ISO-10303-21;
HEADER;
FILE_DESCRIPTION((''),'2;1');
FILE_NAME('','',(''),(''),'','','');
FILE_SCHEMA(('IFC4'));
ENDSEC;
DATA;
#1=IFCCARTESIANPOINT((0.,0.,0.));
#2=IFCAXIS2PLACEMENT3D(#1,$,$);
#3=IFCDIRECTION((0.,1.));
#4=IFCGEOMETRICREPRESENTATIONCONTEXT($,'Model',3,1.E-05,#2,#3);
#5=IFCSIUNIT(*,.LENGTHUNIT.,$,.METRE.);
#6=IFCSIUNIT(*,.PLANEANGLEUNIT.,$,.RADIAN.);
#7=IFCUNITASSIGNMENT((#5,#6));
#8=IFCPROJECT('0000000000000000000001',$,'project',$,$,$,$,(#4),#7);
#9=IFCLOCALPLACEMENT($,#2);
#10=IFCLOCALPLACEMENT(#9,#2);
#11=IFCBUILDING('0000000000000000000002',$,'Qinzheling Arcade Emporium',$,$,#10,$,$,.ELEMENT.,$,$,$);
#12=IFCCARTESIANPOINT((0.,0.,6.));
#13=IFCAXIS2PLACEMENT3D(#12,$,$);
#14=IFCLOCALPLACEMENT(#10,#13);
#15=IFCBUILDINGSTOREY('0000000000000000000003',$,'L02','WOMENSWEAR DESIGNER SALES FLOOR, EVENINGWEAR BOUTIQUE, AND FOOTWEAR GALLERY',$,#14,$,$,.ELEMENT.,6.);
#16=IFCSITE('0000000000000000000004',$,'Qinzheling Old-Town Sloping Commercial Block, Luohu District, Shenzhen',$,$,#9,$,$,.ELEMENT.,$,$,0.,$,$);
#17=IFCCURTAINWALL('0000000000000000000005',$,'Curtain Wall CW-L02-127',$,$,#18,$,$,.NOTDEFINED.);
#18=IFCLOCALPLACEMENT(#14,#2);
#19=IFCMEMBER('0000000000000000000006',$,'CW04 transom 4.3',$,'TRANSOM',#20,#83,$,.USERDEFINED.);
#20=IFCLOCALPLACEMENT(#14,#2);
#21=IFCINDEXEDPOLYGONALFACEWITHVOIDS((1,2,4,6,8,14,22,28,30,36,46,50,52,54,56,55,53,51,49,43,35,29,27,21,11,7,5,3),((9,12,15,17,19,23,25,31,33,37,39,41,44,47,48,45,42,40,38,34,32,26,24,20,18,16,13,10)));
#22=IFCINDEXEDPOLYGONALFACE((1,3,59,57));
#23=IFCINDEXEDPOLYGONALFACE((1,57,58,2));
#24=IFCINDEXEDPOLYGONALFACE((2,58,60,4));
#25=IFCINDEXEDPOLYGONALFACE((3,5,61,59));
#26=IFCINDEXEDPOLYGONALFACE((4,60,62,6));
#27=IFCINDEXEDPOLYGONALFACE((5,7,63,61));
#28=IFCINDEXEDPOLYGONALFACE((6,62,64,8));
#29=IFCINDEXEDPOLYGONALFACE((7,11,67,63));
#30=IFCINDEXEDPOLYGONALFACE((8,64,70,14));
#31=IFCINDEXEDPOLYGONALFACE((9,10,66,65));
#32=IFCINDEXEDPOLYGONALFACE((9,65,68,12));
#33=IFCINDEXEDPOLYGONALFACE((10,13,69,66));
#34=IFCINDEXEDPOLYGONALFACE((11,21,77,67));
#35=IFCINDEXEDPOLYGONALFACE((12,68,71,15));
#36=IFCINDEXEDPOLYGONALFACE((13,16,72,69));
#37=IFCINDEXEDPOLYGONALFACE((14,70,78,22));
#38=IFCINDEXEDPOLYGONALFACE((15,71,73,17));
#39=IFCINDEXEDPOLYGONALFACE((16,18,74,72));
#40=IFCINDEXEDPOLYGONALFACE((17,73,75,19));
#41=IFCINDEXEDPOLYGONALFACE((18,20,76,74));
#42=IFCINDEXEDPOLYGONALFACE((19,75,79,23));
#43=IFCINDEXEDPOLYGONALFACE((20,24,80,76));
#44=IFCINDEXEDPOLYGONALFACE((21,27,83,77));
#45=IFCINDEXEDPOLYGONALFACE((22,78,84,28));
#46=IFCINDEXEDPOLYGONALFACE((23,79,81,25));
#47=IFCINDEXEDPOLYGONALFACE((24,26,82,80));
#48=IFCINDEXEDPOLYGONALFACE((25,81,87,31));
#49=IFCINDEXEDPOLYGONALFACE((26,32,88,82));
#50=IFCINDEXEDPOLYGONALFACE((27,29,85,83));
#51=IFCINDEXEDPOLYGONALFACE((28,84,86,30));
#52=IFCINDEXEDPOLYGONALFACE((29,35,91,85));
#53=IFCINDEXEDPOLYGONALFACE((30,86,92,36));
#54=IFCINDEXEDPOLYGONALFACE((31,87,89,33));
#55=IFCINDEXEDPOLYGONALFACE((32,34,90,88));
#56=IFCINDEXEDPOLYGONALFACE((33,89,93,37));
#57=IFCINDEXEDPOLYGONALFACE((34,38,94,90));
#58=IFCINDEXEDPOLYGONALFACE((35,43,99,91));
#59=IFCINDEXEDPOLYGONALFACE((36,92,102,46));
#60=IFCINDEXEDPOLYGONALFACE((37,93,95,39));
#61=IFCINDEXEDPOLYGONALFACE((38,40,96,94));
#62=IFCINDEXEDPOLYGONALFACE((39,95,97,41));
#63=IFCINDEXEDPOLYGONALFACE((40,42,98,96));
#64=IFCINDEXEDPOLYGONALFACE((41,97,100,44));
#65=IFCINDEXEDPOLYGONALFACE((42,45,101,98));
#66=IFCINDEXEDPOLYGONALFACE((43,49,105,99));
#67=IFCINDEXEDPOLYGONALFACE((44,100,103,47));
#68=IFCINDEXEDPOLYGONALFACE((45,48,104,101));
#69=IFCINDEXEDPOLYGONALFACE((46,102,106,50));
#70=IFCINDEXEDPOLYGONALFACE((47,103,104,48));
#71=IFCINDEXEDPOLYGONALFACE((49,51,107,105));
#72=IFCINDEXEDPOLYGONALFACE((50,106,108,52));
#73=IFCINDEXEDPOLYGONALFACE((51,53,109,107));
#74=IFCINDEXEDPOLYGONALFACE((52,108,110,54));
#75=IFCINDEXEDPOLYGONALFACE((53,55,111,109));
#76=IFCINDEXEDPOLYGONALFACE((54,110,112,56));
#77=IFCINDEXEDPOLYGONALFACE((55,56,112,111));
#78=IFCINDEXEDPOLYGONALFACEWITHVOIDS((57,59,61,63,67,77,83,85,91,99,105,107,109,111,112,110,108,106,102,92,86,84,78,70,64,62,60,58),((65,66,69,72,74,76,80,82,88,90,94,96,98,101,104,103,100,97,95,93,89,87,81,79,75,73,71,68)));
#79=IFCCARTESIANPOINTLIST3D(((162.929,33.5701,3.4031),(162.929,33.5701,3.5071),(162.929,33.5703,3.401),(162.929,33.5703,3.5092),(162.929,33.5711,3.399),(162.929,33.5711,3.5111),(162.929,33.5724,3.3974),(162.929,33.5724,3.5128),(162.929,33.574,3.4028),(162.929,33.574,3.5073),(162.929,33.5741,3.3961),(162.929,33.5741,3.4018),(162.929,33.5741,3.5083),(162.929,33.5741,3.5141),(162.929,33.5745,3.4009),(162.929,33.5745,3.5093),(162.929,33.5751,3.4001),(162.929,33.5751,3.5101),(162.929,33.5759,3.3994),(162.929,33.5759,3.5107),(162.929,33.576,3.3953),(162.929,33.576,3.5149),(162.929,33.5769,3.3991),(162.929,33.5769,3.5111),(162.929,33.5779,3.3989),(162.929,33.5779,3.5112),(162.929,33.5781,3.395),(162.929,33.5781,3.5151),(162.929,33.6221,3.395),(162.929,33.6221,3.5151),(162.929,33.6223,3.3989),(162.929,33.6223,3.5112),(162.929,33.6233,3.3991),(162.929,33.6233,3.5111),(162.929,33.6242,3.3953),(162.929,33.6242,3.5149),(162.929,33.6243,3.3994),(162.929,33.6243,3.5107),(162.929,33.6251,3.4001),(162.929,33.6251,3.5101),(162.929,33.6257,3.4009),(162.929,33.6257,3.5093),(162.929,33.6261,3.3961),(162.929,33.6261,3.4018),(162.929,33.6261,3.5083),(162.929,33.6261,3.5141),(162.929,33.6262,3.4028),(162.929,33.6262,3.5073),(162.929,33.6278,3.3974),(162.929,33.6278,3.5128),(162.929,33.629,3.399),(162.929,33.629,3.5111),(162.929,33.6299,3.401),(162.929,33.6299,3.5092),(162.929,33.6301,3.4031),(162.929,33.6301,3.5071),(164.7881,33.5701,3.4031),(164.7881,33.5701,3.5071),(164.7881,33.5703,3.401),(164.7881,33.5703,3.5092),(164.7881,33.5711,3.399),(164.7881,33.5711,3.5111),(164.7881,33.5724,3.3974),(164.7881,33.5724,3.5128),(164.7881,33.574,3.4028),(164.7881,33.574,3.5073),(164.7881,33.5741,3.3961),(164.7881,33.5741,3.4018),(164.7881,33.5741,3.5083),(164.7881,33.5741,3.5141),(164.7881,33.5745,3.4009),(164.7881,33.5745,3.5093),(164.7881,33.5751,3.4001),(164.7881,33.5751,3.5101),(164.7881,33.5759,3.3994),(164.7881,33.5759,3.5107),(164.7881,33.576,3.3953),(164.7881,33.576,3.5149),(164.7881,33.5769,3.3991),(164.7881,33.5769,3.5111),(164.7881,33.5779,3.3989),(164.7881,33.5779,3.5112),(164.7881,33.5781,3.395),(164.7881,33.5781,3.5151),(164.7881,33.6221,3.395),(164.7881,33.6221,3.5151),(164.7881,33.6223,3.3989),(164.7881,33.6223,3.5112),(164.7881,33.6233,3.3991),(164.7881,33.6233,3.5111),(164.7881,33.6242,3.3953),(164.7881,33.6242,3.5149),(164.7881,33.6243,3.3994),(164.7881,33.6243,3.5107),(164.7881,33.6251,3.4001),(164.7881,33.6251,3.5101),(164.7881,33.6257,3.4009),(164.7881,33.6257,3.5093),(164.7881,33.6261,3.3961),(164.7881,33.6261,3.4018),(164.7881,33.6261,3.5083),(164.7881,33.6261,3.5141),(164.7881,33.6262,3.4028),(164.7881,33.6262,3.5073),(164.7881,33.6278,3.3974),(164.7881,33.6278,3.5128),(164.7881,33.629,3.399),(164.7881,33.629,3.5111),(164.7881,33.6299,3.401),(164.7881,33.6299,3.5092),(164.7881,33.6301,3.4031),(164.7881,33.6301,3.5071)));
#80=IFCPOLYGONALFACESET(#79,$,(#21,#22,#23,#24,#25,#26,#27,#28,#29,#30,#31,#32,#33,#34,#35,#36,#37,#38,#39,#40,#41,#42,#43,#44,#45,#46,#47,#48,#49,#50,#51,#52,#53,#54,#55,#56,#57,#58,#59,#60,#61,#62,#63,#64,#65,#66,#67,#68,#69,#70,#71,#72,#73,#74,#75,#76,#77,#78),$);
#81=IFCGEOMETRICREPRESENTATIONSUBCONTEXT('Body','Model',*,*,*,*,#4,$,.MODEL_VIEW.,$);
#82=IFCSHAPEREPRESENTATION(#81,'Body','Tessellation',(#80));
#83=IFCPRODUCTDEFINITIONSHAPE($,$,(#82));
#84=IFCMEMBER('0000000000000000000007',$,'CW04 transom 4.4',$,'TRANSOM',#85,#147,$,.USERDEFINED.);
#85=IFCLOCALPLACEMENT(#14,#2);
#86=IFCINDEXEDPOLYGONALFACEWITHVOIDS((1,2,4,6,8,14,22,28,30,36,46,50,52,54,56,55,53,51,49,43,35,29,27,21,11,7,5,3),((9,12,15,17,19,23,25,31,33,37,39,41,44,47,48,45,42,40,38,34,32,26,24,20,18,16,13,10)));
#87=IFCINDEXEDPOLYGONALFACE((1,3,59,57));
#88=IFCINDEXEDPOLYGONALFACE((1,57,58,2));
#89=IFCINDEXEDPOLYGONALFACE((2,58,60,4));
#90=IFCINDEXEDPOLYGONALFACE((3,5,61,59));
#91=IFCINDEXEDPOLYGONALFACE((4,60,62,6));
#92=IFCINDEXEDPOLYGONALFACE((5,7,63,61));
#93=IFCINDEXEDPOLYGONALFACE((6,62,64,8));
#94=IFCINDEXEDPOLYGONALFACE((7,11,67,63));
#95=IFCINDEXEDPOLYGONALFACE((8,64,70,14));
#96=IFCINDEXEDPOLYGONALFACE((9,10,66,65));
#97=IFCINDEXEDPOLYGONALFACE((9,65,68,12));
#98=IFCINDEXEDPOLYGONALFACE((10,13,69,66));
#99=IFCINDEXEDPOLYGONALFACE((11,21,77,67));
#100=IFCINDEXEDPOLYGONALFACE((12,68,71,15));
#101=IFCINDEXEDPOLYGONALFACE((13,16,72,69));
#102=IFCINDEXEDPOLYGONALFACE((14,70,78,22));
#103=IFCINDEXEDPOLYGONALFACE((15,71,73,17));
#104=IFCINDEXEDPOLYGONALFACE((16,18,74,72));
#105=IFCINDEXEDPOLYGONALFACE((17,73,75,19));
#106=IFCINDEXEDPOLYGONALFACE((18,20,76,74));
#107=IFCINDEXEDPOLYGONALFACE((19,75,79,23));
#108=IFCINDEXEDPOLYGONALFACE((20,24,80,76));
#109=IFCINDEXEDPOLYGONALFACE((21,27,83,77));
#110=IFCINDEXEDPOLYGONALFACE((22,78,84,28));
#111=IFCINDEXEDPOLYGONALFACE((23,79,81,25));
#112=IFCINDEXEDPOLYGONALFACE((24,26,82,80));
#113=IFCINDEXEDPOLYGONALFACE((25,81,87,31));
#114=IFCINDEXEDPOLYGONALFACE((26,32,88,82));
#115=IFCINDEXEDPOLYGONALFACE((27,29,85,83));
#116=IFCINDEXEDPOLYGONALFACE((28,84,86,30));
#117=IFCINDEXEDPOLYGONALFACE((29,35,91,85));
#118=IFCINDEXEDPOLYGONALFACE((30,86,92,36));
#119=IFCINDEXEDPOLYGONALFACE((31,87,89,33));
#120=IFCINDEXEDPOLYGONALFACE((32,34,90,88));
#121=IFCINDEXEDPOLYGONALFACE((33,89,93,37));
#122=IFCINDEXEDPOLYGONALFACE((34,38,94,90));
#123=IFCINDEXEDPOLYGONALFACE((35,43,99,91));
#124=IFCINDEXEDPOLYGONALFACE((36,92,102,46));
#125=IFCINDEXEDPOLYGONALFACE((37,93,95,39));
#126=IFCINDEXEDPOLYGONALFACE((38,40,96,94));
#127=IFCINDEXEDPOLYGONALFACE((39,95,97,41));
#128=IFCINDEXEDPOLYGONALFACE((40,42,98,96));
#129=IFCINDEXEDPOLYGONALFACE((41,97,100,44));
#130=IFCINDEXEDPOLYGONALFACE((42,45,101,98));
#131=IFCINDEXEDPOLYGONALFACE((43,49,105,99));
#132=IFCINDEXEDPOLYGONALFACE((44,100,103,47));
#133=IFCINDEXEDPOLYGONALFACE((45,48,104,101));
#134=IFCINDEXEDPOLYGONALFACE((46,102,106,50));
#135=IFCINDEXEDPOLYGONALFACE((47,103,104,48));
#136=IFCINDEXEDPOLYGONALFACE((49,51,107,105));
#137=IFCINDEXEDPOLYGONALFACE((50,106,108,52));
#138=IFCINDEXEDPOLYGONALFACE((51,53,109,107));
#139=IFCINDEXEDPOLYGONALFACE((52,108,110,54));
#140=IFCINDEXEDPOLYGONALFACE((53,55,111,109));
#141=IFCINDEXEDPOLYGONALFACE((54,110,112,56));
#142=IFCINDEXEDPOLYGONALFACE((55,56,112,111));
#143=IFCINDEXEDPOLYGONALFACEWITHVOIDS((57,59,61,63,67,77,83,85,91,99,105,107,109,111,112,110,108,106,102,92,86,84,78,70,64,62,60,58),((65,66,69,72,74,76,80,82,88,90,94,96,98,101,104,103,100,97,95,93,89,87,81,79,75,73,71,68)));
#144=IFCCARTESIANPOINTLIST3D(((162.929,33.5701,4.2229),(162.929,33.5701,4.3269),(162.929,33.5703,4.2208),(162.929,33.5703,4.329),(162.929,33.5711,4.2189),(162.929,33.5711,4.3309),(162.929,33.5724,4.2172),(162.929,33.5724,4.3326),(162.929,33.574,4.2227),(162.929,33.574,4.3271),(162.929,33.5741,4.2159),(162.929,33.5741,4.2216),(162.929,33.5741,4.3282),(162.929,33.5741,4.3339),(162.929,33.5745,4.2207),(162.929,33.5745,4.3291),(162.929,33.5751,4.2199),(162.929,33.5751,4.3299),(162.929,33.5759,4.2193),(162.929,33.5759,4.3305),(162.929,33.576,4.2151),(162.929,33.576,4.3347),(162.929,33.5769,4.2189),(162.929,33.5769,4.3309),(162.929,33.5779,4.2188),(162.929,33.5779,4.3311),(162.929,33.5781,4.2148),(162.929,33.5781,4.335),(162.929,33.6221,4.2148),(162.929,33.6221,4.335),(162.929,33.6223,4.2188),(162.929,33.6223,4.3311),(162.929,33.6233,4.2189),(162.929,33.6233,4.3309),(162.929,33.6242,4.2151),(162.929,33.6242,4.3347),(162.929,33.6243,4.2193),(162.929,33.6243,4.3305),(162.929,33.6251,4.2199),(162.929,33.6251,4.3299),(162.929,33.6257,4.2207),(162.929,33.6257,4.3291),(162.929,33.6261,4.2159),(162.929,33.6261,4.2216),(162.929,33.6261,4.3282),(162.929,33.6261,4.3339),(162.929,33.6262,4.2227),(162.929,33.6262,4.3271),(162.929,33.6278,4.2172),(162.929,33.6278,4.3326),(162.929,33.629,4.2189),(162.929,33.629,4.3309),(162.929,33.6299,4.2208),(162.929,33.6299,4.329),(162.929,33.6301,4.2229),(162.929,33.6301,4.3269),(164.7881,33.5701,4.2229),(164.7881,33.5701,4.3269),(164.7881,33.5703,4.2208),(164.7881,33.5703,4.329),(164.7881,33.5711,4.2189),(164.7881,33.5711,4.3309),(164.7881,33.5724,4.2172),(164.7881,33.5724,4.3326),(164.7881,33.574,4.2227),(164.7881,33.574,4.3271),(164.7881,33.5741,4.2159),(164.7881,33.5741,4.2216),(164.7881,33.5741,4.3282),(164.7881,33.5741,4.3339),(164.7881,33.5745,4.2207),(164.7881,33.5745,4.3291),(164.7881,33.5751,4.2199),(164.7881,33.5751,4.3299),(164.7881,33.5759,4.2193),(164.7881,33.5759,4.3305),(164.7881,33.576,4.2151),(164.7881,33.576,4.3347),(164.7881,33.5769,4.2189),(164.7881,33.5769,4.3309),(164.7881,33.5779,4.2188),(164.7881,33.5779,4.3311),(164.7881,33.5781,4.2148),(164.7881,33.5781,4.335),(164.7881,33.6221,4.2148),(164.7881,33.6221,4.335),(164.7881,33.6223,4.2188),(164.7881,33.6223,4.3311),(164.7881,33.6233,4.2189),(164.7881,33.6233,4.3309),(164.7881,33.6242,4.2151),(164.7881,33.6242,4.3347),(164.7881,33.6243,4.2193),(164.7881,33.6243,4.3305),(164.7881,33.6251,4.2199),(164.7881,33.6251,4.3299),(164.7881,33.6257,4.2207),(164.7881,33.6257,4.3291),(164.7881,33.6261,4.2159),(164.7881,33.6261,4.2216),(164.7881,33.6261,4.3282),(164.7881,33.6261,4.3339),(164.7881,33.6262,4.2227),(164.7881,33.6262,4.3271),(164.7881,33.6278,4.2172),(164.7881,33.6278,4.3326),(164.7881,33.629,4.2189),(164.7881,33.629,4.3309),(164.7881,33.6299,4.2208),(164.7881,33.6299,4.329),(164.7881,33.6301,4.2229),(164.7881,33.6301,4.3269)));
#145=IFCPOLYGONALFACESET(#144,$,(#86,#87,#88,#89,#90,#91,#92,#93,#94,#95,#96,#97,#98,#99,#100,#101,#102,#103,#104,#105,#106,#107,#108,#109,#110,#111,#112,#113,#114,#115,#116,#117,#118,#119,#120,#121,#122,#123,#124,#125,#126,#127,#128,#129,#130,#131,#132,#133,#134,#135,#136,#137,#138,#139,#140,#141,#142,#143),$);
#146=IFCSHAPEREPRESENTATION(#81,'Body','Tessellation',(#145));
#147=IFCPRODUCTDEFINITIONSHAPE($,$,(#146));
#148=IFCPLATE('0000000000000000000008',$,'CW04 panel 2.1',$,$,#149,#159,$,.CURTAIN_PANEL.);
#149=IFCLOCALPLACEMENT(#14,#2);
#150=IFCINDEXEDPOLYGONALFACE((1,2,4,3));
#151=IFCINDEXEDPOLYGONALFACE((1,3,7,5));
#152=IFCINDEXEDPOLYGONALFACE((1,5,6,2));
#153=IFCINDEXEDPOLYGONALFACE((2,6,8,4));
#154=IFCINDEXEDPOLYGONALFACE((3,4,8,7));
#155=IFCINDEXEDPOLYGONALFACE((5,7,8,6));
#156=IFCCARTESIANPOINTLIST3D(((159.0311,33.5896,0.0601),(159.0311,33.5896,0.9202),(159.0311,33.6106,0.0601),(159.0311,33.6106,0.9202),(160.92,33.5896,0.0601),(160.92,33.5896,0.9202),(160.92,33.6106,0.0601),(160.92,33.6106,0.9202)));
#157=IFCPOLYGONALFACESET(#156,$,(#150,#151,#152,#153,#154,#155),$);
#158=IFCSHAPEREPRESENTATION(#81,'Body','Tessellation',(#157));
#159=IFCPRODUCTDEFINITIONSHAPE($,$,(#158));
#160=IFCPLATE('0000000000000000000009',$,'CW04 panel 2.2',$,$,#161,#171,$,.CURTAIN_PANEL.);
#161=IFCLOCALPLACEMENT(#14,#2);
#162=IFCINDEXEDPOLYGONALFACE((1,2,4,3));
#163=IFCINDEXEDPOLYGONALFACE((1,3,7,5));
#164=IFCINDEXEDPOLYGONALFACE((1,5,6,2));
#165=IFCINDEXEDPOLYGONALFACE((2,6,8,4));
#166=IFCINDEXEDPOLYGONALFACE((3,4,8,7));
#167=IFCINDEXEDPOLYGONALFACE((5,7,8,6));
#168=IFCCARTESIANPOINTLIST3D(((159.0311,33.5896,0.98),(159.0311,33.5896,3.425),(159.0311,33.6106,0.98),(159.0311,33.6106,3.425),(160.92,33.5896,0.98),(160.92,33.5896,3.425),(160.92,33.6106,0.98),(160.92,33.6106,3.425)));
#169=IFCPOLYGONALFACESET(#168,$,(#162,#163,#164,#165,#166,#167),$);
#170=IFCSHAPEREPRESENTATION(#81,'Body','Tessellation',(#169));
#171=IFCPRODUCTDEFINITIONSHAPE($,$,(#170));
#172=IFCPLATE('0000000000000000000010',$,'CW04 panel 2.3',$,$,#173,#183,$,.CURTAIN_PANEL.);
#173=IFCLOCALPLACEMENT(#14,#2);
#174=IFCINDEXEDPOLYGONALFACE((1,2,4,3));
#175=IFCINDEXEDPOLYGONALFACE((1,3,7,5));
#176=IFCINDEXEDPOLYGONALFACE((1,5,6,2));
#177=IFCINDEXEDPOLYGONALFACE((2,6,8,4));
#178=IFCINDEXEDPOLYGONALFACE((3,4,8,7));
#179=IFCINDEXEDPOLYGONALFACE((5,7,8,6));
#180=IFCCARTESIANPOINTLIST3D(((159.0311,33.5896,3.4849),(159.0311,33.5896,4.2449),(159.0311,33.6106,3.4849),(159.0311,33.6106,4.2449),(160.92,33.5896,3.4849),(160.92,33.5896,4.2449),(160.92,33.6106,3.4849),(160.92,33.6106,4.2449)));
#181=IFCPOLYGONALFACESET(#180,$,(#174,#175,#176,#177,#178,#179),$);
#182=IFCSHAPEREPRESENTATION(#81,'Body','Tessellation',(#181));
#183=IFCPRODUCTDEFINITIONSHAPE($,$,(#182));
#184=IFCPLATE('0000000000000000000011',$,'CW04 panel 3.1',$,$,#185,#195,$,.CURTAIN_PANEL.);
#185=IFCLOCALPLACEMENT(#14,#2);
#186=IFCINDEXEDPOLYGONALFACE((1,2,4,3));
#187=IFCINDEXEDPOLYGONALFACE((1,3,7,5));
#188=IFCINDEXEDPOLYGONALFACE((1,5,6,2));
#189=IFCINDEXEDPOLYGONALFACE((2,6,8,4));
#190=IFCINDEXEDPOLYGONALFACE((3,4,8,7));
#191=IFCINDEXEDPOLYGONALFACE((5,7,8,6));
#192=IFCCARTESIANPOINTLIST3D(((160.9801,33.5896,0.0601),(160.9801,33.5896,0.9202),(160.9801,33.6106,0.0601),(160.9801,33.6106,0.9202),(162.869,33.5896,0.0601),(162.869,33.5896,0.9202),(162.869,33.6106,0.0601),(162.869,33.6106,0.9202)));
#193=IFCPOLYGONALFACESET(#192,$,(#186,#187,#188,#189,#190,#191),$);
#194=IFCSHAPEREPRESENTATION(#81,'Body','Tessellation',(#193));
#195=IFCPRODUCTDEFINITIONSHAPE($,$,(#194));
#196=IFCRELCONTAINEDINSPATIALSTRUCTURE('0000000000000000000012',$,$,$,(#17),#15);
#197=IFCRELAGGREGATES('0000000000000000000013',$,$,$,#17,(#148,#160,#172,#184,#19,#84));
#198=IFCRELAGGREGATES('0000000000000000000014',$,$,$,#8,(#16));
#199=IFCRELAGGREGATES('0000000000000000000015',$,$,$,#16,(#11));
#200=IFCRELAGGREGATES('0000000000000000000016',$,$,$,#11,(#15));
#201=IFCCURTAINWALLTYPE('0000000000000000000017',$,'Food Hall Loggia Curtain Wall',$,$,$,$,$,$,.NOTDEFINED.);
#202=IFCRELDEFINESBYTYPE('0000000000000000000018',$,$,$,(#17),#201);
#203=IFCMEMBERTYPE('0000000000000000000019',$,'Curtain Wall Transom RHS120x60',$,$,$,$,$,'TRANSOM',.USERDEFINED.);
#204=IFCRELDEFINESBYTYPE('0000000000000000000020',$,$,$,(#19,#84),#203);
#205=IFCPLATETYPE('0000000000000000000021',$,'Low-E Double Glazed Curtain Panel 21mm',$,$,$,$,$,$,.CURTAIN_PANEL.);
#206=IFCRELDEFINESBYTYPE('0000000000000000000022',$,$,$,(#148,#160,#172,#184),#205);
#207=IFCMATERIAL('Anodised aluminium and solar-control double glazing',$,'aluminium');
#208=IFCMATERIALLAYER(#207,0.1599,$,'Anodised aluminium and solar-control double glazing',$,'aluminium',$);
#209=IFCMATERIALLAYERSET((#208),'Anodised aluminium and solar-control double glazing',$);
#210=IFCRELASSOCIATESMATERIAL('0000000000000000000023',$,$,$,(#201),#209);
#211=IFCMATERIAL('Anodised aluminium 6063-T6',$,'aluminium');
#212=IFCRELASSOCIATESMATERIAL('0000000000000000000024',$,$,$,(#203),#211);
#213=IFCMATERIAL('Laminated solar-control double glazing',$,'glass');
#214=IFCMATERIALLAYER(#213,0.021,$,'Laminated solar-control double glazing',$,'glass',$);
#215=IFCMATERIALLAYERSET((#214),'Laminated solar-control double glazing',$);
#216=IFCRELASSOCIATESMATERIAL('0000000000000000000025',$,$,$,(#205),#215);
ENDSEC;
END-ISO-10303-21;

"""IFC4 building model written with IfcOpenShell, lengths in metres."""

from ifc_helpers import new_model, si_unit, direction, frame, origin, origin_2d, place, context, subcontext, project, spatial, rectangle, hollow_rectangle, extrude, material, layer, layer_set, material_profile, profile_set, type_object, element, aggregate, save


model = new_model("IFC4")

# Units and contexts
model_context = context("Model", 3, precision=1e-05, world=origin(), true_north=direction((0.0, 1.0)))
body_context = subcontext(model_context, "Body", "Model", "MODEL_VIEW")
ifc_project = project(units=[si_unit("LENGTHUNIT", "METRE"), si_unit("PLANEANGLEUNIT", "RADIAN")], contexts=[model_context])

# Site, building, storey
site_placement = place(None, origin())
site = spatial("IfcSite", under=ifc_project, at=site_placement, Name="Qinzheling Old-Town Sloping Commercial Block, Luohu District, Shenzhen", CompositionType="ELEMENT", RefElevation=0.0)
building_placement = place(site_placement, origin())
building = spatial("IfcBuilding", under=site, at=building_placement, Name="Qinzheling Arcade Emporium", CompositionType="ELEMENT")
storey_placement = place(building_placement, frame((0.0, 0.0, 6.0)))
storey = spatial("IfcBuildingStorey", under=building, at=storey_placement, Name="L02", Description="WOMENSWEAR DESIGNER SALES FLOOR, EVENINGWEAR BOUTIQUE, AND FOOTWEAR GALLERY", CompositionType="ELEMENT", Elevation=6.0)

# Curtain wall, members, plates
ifc_material_1 = material(Name="Anodised aluminium and solar-control double glazing", Category="aluminium")
ifc_layer_1 = layer(ifc_material_1, 0.1599, Name="Anodised aluminium and solar-control double glazing", Category="aluminium")
ifc_layer_set_1 = layer_set([ifc_layer_1], Name="Anodised aluminium and solar-control double glazing")
curtain_wall_type = type_object("IfcCurtainWallType", Name="Food Hall Loggia Curtain Wall", PredefinedType="NOTDEFINED", material=ifc_layer_set_1)
curtain_wall_placement = place(storey_placement, origin())
curtain_wall = element("IfcCurtainWall", 1, at=curtain_wall_placement, inside=storey, type_object=curtain_wall_type, Name="Curtain Wall CW-L02-127", PredefinedType="NOTDEFINED")
ifc_material_2 = material(Name="Anodised aluminium 6063-T6", Category="aluminium")
ifc_material_profile_1 = material_profile(ifc_material_2, hollow_rectangle(XDim=0.0601, YDim=0.1201, WallThickness=0.0039, InnerFilletRadius=0.0039, OuterFilletRadius=0.0081, at=origin_2d()), Name="RHS 120x60x4", Category="aluminium")
ifc_profile_set_1 = profile_set([ifc_material_profile_1], Name="Anodised aluminium 6063-T6")
member_type_1 = type_object("IfcMemberType", Name="Curtain Wall Transom RHS120x60", ElementType="TRANSOM", PredefinedType="USERDEFINED", material=ifc_profile_set_1)
member_1_placement = place(storey_placement, frame((162.929, 33.6001, 3.4551), z_axis=(1.0, 0.0, 0.0), x_axis=(0.0, 1.0, 0.0)))
member_1 = element("IfcMember", 2, at=member_1_placement, type_object=member_type_1, Name="CW04 transom 4.3", ObjectType="TRANSOM", PredefinedType="USERDEFINED", context=body_context, shape_type="SweptSolid", body=[
    extrude(hollow_rectangle(XDim=0.0601, YDim=0.1201, WallThickness=0.0039, InnerFilletRadius=0.0039, OuterFilletRadius=0.0081, at=origin_2d()), origin(), (0.0, 0.0, 1.0), 1.8591),
])
member_2_placement = place(storey_placement, frame((162.929, 33.6001, 4.2749), z_axis=(1.0, 0.0, 0.0), x_axis=(0.0, 1.0, 0.0)))
member_2 = element("IfcMember", 3, at=member_2_placement, type_object=member_type_1, Name="CW04 transom 4.4", ObjectType="TRANSOM", PredefinedType="USERDEFINED", context=body_context, shape_type="SweptSolid", body=[
    extrude(hollow_rectangle(XDim=0.0601, YDim=0.1201, WallThickness=0.0039, InnerFilletRadius=0.0039, OuterFilletRadius=0.0081, at=origin_2d()), origin(), (0.0, 0.0, 1.0), 1.8591),
])
ifc_material_3 = material(Name="Laminated solar-control double glazing", Category="glass")
ifc_layer_2 = layer(ifc_material_3, 0.021, Name="Laminated solar-control double glazing", Category="glass")
ifc_layer_set_2 = layer_set([ifc_layer_2], Name="Laminated solar-control double glazing")
plate_type_1 = type_object("IfcPlateType", Name="Low-E Double Glazed Curtain Panel 21mm", PredefinedType="CURTAIN_PANEL", material=ifc_layer_set_2)
plate_1_placement = place(storey_placement, frame((159.9756, 33.6001, 0.0601), z_axis=(0.0, 0.0, 1.0), x_axis=(1.0, 0.0, 0.0)))
plate_1 = element("IfcPlate", 4, at=plate_1_placement, type_object=plate_type_1, Name="CW04 panel 2.1", PredefinedType="CURTAIN_PANEL", context=body_context, shape_type="SweptSolid", body=[
    extrude(rectangle(XDim=1.8889, YDim=0.021, at=origin_2d()), origin(), (0.0, 0.0, 1.0), 0.8601),
])
plate_2_placement = place(storey_placement, frame((159.9756, 33.6001, 0.98), z_axis=(0.0, 0.0, 1.0), x_axis=(1.0, 0.0, 0.0)))
plate_2 = element("IfcPlate", 5, at=plate_2_placement, type_object=plate_type_1, Name="CW04 panel 2.2", PredefinedType="CURTAIN_PANEL", context=body_context, shape_type="SweptSolid", body=[
    extrude(rectangle(XDim=1.8889, YDim=0.021, at=origin_2d()), origin(), (0.0, 0.0, 1.0), 2.4451),
])
plate_3_placement = place(storey_placement, frame((159.9756, 33.6001, 3.4849), z_axis=(0.0, 0.0, 1.0), x_axis=(1.0, 0.0, 0.0)))
plate_3 = element("IfcPlate", 6, at=plate_3_placement, type_object=plate_type_1, Name="CW04 panel 2.3", PredefinedType="CURTAIN_PANEL", context=body_context, shape_type="SweptSolid", body=[
    extrude(rectangle(XDim=1.8889, YDim=0.021, at=origin_2d()), origin(), (0.0, 0.0, 1.0), 0.76),
])
plate_4_placement = place(storey_placement, frame((161.9246, 33.6001, 0.0601), z_axis=(0.0, 0.0, 1.0), x_axis=(1.0, 0.0, 0.0)))
plate_4 = element("IfcPlate", 7, at=plate_4_placement, type_object=plate_type_1, Name="CW04 panel 3.1", PredefinedType="CURTAIN_PANEL", context=body_context, shape_type="SweptSolid", body=[
    extrude(rectangle(XDim=1.8889, YDim=0.021, at=origin_2d()), origin(), (0.0, 0.0, 1.0), 0.8601),
])
aggregate(curtain_wall, [plate_1, plate_2, plate_3, plate_4, member_1, member_2])

save(model, "model.ifc")
